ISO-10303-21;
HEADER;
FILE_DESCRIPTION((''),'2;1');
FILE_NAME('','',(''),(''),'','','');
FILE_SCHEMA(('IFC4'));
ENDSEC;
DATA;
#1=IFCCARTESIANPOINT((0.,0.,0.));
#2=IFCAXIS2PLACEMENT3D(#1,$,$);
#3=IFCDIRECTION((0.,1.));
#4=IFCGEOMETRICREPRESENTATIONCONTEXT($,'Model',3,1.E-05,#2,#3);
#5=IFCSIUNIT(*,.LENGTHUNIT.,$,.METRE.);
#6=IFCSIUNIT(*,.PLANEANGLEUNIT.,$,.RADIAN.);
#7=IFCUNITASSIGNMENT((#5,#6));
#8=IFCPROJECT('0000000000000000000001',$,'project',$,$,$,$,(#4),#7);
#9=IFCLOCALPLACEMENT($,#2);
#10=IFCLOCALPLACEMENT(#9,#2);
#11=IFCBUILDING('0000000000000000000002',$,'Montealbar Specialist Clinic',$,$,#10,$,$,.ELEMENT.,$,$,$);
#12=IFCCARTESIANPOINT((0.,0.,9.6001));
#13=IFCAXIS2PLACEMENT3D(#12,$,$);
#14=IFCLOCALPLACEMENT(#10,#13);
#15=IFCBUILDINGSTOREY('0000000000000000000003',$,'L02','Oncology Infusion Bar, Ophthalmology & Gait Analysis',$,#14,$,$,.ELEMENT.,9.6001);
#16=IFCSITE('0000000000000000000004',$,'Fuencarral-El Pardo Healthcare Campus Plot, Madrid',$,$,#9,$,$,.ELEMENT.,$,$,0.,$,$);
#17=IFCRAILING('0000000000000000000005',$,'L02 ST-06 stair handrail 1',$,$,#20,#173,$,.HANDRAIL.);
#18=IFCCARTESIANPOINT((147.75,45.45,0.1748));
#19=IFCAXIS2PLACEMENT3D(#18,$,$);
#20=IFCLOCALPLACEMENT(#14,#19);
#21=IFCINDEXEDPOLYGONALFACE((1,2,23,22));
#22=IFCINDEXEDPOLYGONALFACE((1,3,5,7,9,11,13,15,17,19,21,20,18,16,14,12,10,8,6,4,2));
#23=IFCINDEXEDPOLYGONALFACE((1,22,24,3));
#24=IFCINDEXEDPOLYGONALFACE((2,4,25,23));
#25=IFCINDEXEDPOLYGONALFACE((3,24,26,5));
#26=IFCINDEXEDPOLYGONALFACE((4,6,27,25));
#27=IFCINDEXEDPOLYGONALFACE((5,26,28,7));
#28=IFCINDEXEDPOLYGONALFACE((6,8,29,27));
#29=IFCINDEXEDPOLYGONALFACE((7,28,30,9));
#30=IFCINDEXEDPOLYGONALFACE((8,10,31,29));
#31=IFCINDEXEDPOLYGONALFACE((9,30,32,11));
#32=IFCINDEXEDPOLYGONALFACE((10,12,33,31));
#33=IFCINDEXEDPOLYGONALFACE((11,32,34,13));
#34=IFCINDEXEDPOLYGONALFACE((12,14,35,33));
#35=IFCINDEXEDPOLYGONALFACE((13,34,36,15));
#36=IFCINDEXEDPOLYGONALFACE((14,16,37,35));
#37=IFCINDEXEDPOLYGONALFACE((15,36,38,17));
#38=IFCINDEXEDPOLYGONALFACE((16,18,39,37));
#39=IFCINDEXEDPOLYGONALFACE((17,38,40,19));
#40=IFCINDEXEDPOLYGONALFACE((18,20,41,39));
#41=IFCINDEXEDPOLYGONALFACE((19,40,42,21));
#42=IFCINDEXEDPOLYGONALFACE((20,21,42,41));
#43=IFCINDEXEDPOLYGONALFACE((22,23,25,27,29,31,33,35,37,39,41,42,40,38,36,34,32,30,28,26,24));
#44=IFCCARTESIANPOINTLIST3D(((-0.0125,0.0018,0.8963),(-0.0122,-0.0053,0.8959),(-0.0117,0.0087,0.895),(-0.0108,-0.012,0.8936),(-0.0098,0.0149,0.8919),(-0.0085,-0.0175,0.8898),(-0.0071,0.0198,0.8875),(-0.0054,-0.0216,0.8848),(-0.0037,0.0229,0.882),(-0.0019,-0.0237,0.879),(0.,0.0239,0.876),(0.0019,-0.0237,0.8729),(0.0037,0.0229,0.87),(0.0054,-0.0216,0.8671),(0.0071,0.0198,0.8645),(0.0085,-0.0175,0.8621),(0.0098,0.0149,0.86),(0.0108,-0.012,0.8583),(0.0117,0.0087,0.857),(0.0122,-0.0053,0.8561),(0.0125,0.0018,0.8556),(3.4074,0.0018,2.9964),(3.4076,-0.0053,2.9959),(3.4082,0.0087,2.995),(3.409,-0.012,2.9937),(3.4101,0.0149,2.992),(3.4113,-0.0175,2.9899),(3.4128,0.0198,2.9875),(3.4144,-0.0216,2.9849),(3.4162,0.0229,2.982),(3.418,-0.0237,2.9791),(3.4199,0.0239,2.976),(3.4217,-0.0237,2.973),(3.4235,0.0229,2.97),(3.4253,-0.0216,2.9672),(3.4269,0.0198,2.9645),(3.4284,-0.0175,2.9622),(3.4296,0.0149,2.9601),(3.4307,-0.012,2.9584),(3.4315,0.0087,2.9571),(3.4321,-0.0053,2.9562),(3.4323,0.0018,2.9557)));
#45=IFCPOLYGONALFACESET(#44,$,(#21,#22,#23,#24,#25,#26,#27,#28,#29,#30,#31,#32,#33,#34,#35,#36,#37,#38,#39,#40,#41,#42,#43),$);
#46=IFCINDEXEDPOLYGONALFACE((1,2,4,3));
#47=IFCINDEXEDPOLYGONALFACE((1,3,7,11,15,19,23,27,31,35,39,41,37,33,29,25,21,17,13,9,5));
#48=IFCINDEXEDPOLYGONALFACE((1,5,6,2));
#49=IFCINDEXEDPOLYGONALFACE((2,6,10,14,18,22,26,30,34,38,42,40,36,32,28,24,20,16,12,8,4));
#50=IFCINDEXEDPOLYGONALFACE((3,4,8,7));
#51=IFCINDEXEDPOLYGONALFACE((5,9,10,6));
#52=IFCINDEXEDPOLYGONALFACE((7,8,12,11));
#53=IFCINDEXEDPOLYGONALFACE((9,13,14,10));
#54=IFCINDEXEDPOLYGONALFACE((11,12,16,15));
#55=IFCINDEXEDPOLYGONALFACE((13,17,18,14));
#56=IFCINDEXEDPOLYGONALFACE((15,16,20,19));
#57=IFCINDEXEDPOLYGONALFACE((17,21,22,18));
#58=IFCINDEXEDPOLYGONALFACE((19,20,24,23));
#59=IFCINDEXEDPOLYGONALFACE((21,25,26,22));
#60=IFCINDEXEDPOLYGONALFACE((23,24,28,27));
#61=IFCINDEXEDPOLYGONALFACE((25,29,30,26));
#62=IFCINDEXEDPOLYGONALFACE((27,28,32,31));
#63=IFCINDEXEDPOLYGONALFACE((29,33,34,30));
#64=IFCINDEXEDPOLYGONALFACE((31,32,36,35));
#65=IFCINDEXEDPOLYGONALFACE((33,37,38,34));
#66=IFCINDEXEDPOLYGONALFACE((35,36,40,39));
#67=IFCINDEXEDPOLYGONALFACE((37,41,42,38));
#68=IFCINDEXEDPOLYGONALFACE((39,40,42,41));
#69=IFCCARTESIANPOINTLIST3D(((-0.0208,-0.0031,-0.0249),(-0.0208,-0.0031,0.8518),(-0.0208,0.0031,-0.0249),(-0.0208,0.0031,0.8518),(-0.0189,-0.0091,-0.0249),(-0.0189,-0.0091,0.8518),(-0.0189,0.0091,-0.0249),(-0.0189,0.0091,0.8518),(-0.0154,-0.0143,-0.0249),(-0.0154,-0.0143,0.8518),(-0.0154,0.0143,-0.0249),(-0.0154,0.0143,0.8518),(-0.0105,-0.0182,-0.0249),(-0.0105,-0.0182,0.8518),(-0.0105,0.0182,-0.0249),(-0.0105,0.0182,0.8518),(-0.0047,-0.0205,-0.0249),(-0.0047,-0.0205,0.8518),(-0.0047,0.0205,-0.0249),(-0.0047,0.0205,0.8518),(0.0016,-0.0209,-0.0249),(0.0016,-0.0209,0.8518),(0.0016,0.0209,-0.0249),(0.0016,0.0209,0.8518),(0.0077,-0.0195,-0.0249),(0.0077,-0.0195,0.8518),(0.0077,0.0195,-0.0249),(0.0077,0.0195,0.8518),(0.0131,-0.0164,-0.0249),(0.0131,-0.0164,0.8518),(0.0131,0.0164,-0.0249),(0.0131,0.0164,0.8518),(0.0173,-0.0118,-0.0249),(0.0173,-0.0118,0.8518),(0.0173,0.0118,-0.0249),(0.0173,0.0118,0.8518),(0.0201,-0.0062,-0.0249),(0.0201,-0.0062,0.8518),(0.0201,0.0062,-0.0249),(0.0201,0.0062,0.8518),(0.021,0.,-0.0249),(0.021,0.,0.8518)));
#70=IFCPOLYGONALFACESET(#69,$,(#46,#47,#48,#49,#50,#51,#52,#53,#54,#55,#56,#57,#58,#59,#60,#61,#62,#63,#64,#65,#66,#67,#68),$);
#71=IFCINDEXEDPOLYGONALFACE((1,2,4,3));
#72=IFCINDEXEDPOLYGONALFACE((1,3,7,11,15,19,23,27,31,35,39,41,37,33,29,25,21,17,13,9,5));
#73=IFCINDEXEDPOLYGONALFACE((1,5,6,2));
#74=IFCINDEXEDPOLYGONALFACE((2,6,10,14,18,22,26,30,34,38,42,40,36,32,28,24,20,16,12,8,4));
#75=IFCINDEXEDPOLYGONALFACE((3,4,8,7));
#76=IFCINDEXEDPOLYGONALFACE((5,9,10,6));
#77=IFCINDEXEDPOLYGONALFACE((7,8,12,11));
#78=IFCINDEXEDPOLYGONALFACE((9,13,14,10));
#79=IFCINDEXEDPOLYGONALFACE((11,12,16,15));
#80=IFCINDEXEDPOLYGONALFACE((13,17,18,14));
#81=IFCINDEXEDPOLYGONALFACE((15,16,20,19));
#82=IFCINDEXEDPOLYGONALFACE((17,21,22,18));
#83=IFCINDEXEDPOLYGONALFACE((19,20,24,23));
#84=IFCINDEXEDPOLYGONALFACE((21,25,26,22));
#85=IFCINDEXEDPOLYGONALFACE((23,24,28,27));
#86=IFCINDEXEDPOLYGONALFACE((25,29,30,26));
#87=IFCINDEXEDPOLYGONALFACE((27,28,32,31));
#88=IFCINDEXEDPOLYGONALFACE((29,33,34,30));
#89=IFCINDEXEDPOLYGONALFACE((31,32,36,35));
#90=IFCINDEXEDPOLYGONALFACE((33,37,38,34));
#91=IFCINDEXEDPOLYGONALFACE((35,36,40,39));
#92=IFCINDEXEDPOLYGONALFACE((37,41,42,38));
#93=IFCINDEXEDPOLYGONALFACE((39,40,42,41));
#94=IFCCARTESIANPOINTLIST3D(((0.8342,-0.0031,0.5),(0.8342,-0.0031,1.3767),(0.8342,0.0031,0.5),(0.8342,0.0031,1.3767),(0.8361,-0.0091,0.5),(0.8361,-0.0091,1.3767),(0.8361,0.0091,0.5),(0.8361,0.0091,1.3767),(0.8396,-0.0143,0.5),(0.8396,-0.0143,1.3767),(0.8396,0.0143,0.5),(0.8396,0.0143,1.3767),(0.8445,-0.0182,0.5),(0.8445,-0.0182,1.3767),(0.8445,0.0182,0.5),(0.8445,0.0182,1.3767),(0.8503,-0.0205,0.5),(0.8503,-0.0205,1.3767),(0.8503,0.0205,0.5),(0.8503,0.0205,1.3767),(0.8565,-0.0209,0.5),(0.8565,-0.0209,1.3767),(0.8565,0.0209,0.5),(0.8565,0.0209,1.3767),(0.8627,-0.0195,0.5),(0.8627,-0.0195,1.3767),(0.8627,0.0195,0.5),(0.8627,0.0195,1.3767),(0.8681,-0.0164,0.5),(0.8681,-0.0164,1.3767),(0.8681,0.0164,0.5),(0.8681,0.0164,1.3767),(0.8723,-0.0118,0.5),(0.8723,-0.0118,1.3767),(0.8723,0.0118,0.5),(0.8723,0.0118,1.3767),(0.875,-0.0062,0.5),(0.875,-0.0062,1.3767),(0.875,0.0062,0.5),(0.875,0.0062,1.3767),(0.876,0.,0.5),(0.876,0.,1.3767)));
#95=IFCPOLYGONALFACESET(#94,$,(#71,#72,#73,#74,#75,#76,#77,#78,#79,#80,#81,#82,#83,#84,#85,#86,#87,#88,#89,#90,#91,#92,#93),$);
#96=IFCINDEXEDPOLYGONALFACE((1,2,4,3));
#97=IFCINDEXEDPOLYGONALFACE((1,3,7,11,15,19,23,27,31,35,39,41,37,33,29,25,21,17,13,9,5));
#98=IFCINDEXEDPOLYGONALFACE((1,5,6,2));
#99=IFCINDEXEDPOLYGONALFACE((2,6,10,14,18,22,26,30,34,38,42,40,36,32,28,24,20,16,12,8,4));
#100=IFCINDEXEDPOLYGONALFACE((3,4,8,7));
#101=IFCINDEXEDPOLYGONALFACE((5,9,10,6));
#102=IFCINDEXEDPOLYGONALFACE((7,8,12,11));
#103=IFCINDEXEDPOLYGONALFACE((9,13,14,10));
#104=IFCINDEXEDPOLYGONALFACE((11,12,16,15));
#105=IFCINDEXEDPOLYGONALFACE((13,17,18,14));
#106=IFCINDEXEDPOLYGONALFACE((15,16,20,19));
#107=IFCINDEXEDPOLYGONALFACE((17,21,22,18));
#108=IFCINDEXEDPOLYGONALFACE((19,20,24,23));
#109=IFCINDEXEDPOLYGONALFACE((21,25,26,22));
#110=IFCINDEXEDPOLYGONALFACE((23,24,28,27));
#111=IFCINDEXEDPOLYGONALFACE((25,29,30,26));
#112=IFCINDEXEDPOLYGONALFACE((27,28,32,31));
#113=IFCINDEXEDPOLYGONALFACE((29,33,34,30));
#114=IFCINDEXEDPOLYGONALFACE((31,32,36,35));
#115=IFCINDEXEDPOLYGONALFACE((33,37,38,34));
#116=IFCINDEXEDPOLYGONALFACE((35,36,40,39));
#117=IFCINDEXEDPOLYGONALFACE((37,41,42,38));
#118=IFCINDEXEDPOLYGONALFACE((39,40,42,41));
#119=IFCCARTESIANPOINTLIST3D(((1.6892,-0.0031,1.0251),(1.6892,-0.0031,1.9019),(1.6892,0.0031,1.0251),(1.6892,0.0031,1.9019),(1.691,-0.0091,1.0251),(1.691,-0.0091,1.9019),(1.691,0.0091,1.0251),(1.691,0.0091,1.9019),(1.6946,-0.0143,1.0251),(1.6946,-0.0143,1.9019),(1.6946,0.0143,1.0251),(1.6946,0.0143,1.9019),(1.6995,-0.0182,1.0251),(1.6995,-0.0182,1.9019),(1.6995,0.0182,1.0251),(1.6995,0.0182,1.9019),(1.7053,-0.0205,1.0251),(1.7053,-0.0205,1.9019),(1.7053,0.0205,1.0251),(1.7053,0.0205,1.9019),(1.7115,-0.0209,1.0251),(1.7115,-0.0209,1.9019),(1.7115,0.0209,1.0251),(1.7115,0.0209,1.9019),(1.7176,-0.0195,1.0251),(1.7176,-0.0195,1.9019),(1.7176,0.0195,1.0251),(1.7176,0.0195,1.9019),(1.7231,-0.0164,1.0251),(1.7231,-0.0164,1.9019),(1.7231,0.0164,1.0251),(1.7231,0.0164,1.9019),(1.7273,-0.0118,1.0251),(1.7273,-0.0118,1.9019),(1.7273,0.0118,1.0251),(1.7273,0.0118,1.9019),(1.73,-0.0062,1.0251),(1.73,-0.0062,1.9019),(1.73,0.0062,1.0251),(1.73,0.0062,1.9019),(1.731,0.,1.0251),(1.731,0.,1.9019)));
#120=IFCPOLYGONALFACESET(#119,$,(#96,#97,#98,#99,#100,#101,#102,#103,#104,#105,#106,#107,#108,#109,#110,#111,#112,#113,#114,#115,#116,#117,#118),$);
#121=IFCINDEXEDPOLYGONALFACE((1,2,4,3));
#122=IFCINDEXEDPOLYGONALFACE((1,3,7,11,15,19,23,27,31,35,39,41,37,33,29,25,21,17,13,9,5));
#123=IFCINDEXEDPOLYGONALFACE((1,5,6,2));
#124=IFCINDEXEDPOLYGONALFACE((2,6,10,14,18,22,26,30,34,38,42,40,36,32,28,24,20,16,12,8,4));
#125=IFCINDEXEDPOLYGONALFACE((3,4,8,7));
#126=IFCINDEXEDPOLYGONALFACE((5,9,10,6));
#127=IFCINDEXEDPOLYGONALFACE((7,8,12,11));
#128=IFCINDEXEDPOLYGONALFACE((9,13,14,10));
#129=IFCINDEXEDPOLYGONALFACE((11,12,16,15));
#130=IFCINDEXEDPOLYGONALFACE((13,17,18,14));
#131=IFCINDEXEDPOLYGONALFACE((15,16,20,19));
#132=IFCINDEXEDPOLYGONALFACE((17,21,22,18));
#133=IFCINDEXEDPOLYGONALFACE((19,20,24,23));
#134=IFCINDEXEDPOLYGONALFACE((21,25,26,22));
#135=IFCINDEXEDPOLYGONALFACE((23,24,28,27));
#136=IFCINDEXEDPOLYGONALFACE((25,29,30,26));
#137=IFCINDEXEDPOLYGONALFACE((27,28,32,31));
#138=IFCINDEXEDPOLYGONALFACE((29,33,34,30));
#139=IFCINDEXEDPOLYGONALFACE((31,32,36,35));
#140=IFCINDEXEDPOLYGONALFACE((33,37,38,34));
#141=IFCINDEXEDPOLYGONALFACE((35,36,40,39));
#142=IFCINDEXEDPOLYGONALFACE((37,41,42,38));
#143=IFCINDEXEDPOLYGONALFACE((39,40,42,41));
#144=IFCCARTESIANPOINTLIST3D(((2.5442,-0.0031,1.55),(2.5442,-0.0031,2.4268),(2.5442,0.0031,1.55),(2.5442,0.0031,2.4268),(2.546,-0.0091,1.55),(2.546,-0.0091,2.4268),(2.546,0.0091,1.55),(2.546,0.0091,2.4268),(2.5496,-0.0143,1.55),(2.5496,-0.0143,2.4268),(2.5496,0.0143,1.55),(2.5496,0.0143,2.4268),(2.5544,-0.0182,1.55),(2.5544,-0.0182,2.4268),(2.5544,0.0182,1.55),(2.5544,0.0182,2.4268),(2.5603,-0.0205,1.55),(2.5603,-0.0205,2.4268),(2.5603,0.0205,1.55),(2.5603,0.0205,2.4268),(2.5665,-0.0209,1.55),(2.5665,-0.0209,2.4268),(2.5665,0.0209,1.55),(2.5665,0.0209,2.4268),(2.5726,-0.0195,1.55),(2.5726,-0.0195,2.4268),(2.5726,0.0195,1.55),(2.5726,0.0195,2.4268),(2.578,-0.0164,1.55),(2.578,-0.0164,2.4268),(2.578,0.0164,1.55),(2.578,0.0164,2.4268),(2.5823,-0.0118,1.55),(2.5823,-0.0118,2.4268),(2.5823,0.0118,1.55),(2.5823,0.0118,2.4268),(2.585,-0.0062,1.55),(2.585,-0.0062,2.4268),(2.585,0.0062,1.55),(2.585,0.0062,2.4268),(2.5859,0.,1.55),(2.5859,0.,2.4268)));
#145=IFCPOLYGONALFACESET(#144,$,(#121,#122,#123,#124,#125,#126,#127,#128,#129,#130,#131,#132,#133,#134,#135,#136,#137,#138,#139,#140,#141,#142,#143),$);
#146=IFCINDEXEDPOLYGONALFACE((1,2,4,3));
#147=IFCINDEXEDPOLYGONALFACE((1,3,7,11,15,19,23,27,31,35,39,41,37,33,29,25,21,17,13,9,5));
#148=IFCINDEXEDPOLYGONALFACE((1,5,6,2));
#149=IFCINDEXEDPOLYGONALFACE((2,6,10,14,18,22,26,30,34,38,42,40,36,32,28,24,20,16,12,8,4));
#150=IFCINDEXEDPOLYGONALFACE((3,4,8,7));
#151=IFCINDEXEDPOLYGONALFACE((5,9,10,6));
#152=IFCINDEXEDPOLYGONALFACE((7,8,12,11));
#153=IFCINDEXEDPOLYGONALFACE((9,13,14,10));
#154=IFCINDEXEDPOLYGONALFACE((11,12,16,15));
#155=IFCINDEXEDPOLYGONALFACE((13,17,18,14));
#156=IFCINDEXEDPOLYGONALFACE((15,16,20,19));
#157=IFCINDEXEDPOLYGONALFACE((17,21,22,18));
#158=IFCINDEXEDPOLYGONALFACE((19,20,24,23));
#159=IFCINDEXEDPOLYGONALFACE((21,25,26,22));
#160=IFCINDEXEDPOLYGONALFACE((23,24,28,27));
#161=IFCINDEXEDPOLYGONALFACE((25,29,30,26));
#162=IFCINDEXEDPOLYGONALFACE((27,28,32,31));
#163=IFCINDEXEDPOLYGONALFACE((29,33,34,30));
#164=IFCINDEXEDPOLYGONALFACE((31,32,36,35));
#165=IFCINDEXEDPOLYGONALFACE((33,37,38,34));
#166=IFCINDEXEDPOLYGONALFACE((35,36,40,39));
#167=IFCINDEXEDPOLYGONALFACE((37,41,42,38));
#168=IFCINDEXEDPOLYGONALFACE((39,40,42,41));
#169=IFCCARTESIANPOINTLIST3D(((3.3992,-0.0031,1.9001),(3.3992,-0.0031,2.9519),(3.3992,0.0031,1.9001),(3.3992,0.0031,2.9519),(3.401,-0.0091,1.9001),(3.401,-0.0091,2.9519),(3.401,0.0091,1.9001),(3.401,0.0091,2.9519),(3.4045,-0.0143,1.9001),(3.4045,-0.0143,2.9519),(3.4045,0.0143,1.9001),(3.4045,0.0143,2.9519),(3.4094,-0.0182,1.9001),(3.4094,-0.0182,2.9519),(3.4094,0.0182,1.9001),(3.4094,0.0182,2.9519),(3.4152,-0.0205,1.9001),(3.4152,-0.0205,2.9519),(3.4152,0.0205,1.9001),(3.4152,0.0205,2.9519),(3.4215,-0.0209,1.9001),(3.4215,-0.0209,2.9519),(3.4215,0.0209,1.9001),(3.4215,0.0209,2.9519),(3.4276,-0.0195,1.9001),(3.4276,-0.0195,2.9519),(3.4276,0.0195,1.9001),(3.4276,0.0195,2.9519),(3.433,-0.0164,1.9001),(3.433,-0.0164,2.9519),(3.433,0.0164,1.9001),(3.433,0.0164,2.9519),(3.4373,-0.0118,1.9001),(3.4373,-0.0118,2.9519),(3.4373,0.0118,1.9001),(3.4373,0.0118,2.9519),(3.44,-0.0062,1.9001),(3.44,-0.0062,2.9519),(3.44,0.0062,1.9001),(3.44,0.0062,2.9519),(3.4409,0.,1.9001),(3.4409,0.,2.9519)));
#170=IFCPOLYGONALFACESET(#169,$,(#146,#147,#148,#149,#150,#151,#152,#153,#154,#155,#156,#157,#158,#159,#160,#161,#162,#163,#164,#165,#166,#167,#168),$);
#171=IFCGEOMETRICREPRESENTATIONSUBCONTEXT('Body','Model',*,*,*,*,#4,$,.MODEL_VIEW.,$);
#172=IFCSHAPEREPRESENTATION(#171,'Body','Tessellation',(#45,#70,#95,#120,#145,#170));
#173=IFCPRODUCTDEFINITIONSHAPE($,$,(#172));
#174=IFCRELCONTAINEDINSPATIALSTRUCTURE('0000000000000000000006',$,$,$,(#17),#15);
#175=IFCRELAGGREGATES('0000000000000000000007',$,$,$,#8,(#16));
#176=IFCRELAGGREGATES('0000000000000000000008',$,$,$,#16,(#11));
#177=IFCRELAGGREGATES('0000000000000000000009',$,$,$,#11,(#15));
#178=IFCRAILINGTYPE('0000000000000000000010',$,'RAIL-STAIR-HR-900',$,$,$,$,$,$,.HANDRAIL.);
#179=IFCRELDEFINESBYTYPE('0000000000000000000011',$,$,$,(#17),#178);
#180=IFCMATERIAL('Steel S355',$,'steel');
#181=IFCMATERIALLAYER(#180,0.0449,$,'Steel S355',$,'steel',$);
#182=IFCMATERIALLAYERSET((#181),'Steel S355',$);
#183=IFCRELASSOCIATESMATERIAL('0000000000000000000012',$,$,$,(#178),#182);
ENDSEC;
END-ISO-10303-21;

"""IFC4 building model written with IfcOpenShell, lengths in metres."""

from ifc_helpers import new_model, si_unit, direction, frame, origin, origin_2d, place, context, subcontext, project, spatial, circle, extrude, material, layer, layer_set, type_object, element, save


model = new_model("IFC4")

# Units and contexts
model_context = context("Model", 3, precision=1e-05, world=origin(), true_north=direction((0.0, 1.0)))
body_context = subcontext(model_context, "Body", "Model", "MODEL_VIEW")
ifc_project = project(units=[si_unit("LENGTHUNIT", "METRE"), si_unit("PLANEANGLEUNIT", "RADIAN")], contexts=[model_context])

# Site, building, storey
site_placement = place(None, origin())
site = spatial("IfcSite", under=ifc_project, at=site_placement, Name="Fuencarral-El Pardo Healthcare Campus Plot, Madrid", CompositionType="ELEMENT", RefElevation=0.0)
building_placement = place(site_placement, origin())
building = spatial("IfcBuilding", under=site, at=building_placement, Name="Montealbar Specialist Clinic", CompositionType="ELEMENT")
storey_placement = place(building_placement, frame((0.0, 0.0, 9.6001)))
storey = spatial("IfcBuildingStorey", under=building, at=storey_placement, Name="L02", Description="Oncology Infusion Bar, Ophthalmology & Gait Analysis", CompositionType="ELEMENT", Elevation=9.6001)

# Shared definitions
ifc_material_1 = material(Name="Steel S355", Category="steel")

# Railing
ifc_layer_1 = layer(ifc_material_1, 0.0449, Name="Steel S355", Category="steel")
ifc_layer_set_1 = layer_set([ifc_layer_1], Name="Steel S355")
railing_type_1 = type_object("IfcRailingType", Name="RAIL-STAIR-HR-900", PredefinedType="HANDRAIL", material=ifc_layer_set_1)
railing_1_placement = place(storey_placement, frame((147.75, 45.45, 0.1748)))
element("IfcRailing", 1, at=railing_1_placement, inside=storey, type_object=railing_type_1, Name="L02 ST-06 stair handrail 1", PredefinedType="HANDRAIL", context=body_context, shape_type="SweptSolid", body=[
    extrude(circle(Radius=0.0239, at=origin_2d()), frame((0.0, 0.0, 0.876), z_axis=(0.852155, 0.0, 0.523289), x_axis=(0.0, 1.0, 0.0)), (0.0, 0.0, 1.0), 4.0132),
    extrude(circle(Radius=0.021, at=origin_2d()), frame((0.0, 0.0, -0.0249)), (0.0, 0.0, 1.0), 0.8767),
    extrude(circle(Radius=0.021, at=origin_2d()), frame((0.855, 0.0, 0.5)), (0.0, 0.0, 1.0), 0.8767),
    extrude(circle(Radius=0.021, at=origin_2d()), frame((1.71, 0.0, 1.0251)), (0.0, 0.0, 1.0), 0.8767),
    extrude(circle(Radius=0.021, at=origin_2d()), frame((2.5649, 0.0, 1.55)), (0.0, 0.0, 1.0), 0.8767),
    extrude(circle(Radius=0.021, at=origin_2d()), frame((3.4199, 0.0, 1.9001)), (0.0, 0.0, 1.0), 1.0518),
])

save(model, "model.ifc")
